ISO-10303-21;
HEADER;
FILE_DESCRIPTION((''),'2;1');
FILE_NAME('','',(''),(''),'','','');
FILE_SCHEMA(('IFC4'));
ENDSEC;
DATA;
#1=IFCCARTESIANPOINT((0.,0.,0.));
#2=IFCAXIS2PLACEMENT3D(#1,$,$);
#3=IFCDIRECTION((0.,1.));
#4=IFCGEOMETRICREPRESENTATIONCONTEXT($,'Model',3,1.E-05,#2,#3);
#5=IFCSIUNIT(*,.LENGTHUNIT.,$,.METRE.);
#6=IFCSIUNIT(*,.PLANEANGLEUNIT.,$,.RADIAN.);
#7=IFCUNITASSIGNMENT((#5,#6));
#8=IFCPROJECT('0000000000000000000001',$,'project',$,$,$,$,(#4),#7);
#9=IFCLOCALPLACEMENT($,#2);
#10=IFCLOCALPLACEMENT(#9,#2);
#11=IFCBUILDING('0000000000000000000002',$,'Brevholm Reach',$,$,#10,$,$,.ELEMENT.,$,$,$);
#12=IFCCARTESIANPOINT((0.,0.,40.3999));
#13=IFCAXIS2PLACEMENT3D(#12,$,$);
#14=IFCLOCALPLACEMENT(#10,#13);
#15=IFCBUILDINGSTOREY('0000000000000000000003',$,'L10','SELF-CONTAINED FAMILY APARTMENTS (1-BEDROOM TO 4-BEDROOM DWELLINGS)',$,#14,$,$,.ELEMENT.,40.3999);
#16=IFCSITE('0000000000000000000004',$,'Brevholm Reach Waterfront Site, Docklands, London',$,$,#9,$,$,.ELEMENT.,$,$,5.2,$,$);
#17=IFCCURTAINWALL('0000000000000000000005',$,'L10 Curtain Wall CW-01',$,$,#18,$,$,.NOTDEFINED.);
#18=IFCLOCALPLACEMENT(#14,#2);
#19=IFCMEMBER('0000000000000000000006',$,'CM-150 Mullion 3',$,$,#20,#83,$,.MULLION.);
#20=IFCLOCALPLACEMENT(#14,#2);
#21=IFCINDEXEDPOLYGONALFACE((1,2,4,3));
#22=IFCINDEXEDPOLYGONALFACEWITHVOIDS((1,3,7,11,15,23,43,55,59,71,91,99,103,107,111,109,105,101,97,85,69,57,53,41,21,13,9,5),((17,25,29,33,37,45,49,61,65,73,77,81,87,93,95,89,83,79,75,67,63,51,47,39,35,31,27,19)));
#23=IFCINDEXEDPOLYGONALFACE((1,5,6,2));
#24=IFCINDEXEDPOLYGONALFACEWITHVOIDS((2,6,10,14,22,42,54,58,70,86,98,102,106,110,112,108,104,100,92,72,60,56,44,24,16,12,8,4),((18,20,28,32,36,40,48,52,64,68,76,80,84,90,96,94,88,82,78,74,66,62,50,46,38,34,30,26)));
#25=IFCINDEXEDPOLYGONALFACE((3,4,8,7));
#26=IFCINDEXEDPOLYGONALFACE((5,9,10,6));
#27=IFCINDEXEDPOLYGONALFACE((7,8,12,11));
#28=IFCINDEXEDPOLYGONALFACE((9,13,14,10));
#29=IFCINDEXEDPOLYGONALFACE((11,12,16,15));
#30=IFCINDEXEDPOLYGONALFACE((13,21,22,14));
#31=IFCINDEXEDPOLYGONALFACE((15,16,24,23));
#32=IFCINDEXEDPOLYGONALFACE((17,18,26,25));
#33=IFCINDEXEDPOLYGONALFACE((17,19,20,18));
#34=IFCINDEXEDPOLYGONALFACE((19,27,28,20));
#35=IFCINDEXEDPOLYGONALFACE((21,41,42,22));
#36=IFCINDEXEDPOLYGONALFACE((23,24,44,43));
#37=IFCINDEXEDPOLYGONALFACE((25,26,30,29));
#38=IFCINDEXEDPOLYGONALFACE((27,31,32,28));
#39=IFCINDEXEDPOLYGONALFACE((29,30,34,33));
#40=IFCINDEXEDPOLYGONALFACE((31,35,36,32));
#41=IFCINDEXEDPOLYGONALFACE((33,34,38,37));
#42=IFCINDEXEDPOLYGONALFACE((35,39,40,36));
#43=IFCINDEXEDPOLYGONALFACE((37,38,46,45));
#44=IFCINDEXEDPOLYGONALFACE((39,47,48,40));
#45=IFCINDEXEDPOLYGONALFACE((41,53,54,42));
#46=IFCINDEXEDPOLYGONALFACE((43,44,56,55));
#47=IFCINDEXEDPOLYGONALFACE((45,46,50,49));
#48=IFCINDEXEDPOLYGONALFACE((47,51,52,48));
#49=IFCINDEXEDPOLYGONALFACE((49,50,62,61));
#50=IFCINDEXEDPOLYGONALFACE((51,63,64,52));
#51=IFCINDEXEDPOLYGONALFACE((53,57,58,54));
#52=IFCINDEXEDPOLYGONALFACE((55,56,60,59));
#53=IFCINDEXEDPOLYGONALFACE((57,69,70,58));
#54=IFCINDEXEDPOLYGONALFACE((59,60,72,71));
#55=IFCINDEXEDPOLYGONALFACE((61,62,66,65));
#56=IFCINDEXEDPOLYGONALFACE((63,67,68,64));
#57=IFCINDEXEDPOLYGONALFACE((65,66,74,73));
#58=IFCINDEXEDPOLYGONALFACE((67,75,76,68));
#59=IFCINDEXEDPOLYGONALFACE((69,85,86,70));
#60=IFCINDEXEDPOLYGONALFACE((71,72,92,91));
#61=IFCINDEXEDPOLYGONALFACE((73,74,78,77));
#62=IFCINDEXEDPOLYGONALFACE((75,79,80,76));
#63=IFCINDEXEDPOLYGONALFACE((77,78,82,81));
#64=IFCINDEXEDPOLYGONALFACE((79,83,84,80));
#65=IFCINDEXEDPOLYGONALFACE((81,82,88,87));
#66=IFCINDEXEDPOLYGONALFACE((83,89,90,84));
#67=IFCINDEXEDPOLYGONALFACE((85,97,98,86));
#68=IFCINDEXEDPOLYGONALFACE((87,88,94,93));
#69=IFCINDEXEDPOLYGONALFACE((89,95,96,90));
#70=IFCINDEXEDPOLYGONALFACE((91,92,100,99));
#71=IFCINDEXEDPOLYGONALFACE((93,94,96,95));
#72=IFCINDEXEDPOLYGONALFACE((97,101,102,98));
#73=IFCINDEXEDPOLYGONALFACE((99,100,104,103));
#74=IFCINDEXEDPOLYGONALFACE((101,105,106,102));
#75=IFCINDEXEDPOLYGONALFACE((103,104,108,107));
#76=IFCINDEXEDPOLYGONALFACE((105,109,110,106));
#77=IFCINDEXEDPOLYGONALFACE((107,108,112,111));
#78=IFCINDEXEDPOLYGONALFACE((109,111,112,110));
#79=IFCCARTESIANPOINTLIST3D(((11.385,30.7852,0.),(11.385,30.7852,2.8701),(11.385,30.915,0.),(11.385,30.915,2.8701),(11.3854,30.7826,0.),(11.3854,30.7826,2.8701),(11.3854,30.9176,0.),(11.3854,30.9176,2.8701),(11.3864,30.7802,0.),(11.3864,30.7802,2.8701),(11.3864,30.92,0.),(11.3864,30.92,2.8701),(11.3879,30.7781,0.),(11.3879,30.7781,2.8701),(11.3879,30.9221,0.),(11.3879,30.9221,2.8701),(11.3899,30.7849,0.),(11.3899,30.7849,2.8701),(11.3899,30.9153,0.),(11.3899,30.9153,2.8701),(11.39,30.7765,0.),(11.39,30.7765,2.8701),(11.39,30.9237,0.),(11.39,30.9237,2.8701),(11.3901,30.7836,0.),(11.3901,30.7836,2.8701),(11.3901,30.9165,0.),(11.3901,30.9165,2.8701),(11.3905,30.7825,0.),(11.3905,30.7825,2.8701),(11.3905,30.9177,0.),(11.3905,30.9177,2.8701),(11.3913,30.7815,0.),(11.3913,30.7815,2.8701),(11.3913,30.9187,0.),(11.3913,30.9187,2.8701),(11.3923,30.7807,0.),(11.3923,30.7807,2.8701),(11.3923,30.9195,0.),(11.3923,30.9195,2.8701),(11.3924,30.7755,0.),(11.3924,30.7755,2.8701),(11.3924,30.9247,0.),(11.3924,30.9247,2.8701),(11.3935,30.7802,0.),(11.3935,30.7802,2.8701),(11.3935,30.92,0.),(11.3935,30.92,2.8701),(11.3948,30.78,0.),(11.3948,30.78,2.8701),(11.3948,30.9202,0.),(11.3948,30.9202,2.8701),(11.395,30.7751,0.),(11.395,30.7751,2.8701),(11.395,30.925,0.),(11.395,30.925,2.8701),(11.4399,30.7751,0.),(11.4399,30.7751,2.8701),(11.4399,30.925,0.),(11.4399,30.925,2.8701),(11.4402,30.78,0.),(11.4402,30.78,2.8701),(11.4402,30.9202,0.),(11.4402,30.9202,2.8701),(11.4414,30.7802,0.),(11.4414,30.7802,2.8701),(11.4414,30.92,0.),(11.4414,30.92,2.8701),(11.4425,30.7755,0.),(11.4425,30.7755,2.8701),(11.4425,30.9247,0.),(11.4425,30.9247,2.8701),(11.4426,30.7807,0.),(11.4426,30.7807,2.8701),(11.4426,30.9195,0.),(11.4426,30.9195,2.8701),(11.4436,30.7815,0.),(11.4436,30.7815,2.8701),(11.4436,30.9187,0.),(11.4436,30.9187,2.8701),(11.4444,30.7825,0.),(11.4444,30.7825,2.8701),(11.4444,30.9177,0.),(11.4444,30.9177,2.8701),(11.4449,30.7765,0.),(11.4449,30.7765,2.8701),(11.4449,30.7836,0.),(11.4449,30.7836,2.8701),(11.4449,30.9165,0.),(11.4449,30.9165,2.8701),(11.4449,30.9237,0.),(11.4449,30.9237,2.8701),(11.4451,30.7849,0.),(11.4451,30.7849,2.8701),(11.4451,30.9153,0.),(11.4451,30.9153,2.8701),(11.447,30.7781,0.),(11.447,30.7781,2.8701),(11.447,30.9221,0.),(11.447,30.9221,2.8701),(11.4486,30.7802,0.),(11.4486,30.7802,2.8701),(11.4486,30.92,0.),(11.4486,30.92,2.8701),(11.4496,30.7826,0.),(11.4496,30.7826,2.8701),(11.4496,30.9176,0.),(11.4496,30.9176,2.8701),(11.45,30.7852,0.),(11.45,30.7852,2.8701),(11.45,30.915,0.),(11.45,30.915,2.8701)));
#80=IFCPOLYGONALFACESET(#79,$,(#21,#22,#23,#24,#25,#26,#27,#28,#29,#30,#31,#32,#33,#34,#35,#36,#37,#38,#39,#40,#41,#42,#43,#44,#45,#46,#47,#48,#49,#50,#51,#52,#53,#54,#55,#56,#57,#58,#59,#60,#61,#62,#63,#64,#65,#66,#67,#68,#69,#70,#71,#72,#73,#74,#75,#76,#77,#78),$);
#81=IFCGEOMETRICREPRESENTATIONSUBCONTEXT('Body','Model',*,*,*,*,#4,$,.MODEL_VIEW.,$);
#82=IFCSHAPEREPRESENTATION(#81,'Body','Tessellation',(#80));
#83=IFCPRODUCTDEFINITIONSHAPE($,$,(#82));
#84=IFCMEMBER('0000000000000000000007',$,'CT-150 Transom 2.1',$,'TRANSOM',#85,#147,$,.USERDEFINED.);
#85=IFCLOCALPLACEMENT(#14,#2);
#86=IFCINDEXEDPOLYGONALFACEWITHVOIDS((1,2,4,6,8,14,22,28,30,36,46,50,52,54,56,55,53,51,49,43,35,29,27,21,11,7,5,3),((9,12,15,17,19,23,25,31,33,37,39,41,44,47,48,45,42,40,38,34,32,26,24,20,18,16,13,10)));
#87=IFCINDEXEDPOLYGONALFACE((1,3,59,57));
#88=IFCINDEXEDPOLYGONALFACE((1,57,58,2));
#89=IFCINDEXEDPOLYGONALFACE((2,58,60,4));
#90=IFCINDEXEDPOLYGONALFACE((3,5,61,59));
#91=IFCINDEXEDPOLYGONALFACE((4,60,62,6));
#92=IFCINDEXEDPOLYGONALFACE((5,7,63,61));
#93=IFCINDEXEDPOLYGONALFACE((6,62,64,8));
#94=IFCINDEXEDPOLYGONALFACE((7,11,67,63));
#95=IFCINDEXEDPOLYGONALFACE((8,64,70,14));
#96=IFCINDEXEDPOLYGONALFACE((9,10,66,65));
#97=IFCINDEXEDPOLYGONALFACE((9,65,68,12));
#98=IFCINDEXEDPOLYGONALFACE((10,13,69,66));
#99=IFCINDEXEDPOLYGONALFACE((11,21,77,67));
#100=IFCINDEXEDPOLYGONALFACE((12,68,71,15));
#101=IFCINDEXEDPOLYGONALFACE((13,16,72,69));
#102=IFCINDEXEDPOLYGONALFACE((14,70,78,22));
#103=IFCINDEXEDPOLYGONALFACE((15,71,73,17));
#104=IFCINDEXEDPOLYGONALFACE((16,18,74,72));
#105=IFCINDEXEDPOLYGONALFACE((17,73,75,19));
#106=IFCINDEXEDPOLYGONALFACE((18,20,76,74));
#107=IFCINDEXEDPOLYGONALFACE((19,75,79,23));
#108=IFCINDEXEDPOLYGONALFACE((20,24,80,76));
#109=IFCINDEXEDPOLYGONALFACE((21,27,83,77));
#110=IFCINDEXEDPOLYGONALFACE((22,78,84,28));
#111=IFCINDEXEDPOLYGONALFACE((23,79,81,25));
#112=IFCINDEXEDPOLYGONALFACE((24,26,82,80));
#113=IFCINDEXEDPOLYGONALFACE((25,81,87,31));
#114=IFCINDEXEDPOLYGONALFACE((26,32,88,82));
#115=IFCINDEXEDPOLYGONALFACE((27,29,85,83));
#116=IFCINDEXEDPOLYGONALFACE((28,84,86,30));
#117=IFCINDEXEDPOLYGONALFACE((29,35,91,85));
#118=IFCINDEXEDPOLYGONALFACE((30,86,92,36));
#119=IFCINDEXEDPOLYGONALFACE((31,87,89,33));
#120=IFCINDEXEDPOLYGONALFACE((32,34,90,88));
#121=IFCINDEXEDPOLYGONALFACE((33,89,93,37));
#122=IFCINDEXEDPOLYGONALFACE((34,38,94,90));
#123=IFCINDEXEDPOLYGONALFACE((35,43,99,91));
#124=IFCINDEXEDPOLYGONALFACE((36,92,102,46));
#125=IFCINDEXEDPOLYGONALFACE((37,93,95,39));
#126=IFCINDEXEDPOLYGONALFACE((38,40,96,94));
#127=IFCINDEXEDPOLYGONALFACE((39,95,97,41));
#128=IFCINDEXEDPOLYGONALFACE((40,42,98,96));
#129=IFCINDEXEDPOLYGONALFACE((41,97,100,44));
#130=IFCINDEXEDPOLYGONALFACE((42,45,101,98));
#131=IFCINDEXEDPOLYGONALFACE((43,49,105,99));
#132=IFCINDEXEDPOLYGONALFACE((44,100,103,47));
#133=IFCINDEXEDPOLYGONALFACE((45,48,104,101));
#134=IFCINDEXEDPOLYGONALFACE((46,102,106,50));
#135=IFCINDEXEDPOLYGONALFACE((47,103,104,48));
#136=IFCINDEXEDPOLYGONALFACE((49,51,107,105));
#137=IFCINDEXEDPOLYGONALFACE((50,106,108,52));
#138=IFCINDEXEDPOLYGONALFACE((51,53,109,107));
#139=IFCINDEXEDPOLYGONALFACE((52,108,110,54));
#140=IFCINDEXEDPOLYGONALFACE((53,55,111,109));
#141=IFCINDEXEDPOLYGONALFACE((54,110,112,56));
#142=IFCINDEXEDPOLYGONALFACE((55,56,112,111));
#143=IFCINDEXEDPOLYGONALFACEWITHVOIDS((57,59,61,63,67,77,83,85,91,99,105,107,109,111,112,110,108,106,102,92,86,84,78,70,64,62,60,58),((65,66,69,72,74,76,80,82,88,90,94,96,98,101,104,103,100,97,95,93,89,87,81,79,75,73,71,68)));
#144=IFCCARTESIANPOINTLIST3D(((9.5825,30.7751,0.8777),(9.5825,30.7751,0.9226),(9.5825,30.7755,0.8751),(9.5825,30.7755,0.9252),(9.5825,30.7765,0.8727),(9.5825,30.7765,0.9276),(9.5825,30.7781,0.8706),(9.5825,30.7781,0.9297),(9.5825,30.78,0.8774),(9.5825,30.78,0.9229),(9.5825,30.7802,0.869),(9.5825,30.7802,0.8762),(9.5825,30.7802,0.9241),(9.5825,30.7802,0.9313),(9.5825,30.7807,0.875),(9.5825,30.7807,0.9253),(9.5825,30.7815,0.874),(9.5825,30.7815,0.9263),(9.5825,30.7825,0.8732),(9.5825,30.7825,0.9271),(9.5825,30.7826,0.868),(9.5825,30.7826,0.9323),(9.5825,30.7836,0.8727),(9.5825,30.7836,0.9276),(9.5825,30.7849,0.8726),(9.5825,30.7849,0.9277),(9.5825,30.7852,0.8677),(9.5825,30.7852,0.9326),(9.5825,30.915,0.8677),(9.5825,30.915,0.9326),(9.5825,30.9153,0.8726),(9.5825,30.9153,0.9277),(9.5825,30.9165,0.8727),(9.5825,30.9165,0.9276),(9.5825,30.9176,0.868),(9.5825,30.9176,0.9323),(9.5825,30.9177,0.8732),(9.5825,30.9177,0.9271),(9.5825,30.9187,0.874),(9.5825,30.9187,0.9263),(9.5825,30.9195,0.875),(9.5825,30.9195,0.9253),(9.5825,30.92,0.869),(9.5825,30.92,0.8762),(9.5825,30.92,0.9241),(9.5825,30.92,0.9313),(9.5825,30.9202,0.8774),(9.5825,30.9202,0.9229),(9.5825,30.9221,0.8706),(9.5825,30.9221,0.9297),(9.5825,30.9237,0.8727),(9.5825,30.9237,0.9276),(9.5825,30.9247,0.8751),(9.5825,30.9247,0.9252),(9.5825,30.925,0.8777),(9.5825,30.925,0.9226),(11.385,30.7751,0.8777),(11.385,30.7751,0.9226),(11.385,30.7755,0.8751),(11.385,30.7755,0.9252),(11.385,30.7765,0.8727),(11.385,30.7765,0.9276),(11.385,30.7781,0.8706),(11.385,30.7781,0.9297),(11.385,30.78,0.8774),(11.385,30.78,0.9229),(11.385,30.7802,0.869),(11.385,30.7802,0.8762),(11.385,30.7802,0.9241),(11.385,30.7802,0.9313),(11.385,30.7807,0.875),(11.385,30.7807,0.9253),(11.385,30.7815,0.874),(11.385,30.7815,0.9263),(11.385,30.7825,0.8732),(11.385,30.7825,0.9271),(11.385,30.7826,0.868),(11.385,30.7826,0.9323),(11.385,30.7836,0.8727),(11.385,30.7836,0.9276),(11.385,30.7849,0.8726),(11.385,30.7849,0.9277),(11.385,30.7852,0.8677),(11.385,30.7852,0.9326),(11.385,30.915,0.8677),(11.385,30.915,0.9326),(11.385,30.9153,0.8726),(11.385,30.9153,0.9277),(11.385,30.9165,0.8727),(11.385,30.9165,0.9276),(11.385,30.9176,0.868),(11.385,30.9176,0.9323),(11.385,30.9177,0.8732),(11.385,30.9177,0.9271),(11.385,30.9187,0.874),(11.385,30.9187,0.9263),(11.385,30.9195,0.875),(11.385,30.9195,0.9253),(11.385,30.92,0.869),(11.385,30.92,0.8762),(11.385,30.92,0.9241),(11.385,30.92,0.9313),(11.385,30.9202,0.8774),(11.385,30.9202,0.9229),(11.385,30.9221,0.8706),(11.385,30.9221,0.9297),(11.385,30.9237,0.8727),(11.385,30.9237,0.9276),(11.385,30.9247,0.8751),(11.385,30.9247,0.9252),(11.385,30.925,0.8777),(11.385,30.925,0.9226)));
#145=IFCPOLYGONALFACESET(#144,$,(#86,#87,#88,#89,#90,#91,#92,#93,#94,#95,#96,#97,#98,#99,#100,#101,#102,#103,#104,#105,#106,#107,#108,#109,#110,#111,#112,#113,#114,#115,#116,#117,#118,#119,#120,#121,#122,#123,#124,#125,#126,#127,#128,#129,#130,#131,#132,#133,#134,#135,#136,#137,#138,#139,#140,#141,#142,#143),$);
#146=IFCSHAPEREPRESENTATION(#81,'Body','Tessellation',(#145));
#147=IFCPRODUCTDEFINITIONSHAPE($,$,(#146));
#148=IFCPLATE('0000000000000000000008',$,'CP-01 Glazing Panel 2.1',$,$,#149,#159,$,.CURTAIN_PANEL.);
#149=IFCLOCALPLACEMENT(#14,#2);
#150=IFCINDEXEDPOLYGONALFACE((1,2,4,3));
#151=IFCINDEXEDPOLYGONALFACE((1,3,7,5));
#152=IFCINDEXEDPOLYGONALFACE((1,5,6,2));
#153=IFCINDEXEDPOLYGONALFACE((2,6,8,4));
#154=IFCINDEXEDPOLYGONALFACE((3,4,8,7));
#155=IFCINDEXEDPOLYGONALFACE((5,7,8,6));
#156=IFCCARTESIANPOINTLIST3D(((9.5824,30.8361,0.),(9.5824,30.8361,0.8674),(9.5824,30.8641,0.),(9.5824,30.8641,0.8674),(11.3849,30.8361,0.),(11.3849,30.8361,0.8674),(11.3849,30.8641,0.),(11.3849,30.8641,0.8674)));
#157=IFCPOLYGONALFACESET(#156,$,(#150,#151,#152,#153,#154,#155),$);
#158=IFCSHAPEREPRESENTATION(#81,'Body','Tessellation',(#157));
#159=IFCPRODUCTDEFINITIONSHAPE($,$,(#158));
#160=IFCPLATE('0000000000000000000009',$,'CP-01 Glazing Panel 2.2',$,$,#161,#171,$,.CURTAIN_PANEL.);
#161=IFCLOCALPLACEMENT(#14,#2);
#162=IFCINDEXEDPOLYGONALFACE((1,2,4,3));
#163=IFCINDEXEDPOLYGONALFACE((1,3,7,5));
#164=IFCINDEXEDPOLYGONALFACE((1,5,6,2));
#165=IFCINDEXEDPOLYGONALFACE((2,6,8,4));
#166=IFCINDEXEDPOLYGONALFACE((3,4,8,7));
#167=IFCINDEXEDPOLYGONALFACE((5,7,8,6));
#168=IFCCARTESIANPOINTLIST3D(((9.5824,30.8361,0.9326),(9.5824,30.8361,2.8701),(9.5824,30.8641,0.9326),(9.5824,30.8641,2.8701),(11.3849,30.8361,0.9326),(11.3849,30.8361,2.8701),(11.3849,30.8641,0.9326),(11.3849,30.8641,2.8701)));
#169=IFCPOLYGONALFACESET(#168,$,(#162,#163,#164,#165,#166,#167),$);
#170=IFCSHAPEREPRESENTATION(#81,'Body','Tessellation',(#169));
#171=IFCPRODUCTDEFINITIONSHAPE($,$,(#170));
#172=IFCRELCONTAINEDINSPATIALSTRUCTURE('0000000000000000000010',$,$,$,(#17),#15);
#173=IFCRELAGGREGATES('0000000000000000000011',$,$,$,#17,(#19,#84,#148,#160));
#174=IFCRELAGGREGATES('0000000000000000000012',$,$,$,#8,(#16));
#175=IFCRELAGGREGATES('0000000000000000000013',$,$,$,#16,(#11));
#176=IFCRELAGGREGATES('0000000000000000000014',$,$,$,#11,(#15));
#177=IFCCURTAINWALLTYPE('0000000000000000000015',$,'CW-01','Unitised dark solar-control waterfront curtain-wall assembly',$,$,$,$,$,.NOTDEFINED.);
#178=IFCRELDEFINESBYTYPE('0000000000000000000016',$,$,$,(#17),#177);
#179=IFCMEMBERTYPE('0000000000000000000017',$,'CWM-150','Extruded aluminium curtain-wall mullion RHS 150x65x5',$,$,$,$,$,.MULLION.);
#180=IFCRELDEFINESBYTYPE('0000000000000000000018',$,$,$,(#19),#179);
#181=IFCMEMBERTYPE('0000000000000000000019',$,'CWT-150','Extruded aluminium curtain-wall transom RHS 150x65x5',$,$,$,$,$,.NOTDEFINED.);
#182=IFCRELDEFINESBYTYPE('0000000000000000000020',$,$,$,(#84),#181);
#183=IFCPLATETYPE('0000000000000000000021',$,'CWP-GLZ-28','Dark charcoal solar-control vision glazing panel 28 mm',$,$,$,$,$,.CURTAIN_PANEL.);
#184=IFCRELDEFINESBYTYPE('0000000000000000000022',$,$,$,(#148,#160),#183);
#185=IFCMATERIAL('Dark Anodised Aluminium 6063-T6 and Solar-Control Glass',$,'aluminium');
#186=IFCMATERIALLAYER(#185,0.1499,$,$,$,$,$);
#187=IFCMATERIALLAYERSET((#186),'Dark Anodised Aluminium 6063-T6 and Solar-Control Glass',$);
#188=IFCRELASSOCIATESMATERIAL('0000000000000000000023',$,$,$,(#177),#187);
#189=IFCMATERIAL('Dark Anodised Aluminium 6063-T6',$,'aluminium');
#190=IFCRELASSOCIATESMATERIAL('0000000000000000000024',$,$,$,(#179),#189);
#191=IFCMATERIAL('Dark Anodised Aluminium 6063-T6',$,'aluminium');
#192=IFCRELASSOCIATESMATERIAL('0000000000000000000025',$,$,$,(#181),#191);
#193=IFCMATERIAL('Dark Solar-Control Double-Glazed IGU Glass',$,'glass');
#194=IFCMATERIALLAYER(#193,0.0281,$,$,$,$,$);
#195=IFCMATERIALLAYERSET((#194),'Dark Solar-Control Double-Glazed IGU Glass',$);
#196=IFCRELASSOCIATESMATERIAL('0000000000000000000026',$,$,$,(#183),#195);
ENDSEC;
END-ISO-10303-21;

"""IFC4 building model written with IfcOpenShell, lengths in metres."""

from ifc_helpers import new_model, si_unit, direction, frame, origin, origin_2d, place, context, subcontext, project, spatial, rectangle, hollow_rectangle, extrude, material, layer, layer_set, material_profile, profile_set, type_object, element, aggregate, save


model = new_model("IFC4")

# Units and contexts
model_context = context("Model", 3, precision=1e-05, world=origin(), true_north=direction((0.0, 1.0)))
body_context = subcontext(model_context, "Body", "Model", "MODEL_VIEW")
ifc_project = project(units=[si_unit("LENGTHUNIT", "METRE"), si_unit("PLANEANGLEUNIT", "RADIAN")], contexts=[model_context])

# Site, building, storey
site_placement = place(None, origin())
site = spatial("IfcSite", under=ifc_project, at=site_placement, Name="Brevholm Reach Waterfront Site, Docklands, London", CompositionType="ELEMENT", RefElevation=5.2)
building_placement = place(site_placement, origin())
building = spatial("IfcBuilding", under=site, at=building_placement, Name="Brevholm Reach", CompositionType="ELEMENT")
storey_placement = place(building_placement, frame((0.0, 0.0, 40.3999)))
storey = spatial("IfcBuildingStorey", under=building, at=storey_placement, Name="L10", Description="SELF-CONTAINED FAMILY APARTMENTS (1-BEDROOM TO 4-BEDROOM DWELLINGS)", CompositionType="ELEMENT", Elevation=40.3999)

# Curtain wall, members, plates
ifc_material_1 = material(Name="Dark Anodised Aluminium 6063-T6 and Solar-Control Glass", Category="aluminium")
ifc_layer_1 = layer(ifc_material_1, 0.1499)
ifc_layer_set_1 = layer_set([ifc_layer_1], Name="Dark Anodised Aluminium 6063-T6 and Solar-Control Glass")
curtain_wall_type = type_object("IfcCurtainWallType", Name="CW-01", Description="Unitised dark solar-control waterfront curtain-wall assembly", PredefinedType="NOTDEFINED", material=ifc_layer_set_1)
curtain_wall_placement = place(storey_placement, origin())
curtain_wall = element("IfcCurtainWall", 1, at=curtain_wall_placement, inside=storey, type_object=curtain_wall_type, Name="L10 Curtain Wall CW-01", PredefinedType="NOTDEFINED")
ifc_material_2 = material(Name="Dark Anodised Aluminium 6063-T6", Category="aluminium")
ifc_material_profile_1 = material_profile(ifc_material_2, hollow_rectangle(XDim=0.0649, YDim=0.1499, WallThickness=0.0049, InnerFilletRadius=0.0049, OuterFilletRadius=0.01, at=origin_2d()), Name="RHS 150x65x5")
ifc_profile_set_1 = profile_set([ifc_material_profile_1], Name="Dark Anodised Aluminium 6063-T6")
member_type_1 = type_object("IfcMemberType", Name="CWM-150", Description="Extruded aluminium curtain-wall mullion RHS 150x65x5", PredefinedType="MULLION", material=ifc_profile_set_1)
member_1_placement = place(storey_placement, frame((11.4175, 30.8501, 0.0), z_axis=(0.0, 0.0, 1.0), x_axis=(1.0, 0.0, 0.0)))
member_1 = element("IfcMember", 2, at=member_1_placement, type_object=member_type_1, Name="CM-150 Mullion 3", PredefinedType="MULLION", context=body_context, shape_type="SweptSolid", body=[
    extrude(hollow_rectangle(XDim=0.0649, YDim=0.1499, WallThickness=0.0049, InnerFilletRadius=0.0049, OuterFilletRadius=0.01, at=origin_2d()), origin(), (0.0, 0.0, 1.0), 2.8701),
])
ifc_material_3 = material(Name="Dark Anodised Aluminium 6063-T6", Category="aluminium")
ifc_material_profile_2 = material_profile(ifc_material_3, hollow_rectangle(XDim=0.0649, YDim=0.1499, WallThickness=0.0049, InnerFilletRadius=0.0049, OuterFilletRadius=0.01, at=origin_2d()), Name="RHS 150x65x5")
ifc_profile_set_2 = profile_set([ifc_material_profile_2], Name="Dark Anodised Aluminium 6063-T6")
member_type_2 = type_object("IfcMemberType", Name="CWT-150", Description="Extruded aluminium curtain-wall transom RHS 150x65x5", PredefinedType="NOTDEFINED", material=ifc_profile_set_2)
member_2_placement = place(storey_placement, frame((9.5825, 30.8501, 0.9001), z_axis=(1.0, 0.0, 0.0), x_axis=(0.0, 0.0, 1.0)))
member_2 = element("IfcMember", 3, at=member_2_placement, type_object=member_type_2, Name="CT-150 Transom 2.1", ObjectType="TRANSOM", PredefinedType="USERDEFINED", context=body_context, shape_type="SweptSolid", body=[
    extrude(hollow_rectangle(XDim=0.0649, YDim=0.1499, WallThickness=0.0049, InnerFilletRadius=0.0049, OuterFilletRadius=0.01, at=origin_2d()), origin(), (0.0, 0.0, 1.0), 1.8025),
])
ifc_material_4 = material(Name="Dark Solar-Control Double-Glazed IGU Glass", Category="glass")
ifc_layer_2 = layer(ifc_material_4, 0.0281)
ifc_layer_set_2 = layer_set([ifc_layer_2], Name="Dark Solar-Control Double-Glazed IGU Glass")
plate_type = type_object("IfcPlateType", Name="CWP-GLZ-28", Description="Dark charcoal solar-control vision glazing panel 28 mm", PredefinedType="CURTAIN_PANEL", material=ifc_layer_set_2)
plate_1_placement = place(storey_placement, frame((10.4836, 30.8501, 0.0), z_axis=(0.0, 0.0, 1.0), x_axis=(1.0, 0.0, 0.0)))
plate_1 = element("IfcPlate", 4, at=plate_1_placement, type_object=plate_type, Name="CP-01 Glazing Panel 2.1", PredefinedType="CURTAIN_PANEL", context=body_context, shape_type="SweptSolid", body=[
    extrude(rectangle(XDim=1.8025, YDim=0.0281, at=origin_2d()), origin(), (0.0, 0.0, 1.0), 0.8674),
])
plate_2_placement = place(storey_placement, frame((10.4836, 30.8501, 0.9326), z_axis=(0.0, 0.0, 1.0), x_axis=(1.0, 0.0, 0.0)))
plate_2 = element("IfcPlate", 5, at=plate_2_placement, type_object=plate_type, Name="CP-01 Glazing Panel 2.2", PredefinedType="CURTAIN_PANEL", context=body_context, shape_type="SweptSolid", body=[
    extrude(rectangle(XDim=1.8025, YDim=0.0281, at=origin_2d()), origin(), (0.0, 0.0, 1.0), 1.9375),
])
aggregate(curtain_wall, [member_1, member_2, plate_1, plate_2])

save(model, "model.ifc")
